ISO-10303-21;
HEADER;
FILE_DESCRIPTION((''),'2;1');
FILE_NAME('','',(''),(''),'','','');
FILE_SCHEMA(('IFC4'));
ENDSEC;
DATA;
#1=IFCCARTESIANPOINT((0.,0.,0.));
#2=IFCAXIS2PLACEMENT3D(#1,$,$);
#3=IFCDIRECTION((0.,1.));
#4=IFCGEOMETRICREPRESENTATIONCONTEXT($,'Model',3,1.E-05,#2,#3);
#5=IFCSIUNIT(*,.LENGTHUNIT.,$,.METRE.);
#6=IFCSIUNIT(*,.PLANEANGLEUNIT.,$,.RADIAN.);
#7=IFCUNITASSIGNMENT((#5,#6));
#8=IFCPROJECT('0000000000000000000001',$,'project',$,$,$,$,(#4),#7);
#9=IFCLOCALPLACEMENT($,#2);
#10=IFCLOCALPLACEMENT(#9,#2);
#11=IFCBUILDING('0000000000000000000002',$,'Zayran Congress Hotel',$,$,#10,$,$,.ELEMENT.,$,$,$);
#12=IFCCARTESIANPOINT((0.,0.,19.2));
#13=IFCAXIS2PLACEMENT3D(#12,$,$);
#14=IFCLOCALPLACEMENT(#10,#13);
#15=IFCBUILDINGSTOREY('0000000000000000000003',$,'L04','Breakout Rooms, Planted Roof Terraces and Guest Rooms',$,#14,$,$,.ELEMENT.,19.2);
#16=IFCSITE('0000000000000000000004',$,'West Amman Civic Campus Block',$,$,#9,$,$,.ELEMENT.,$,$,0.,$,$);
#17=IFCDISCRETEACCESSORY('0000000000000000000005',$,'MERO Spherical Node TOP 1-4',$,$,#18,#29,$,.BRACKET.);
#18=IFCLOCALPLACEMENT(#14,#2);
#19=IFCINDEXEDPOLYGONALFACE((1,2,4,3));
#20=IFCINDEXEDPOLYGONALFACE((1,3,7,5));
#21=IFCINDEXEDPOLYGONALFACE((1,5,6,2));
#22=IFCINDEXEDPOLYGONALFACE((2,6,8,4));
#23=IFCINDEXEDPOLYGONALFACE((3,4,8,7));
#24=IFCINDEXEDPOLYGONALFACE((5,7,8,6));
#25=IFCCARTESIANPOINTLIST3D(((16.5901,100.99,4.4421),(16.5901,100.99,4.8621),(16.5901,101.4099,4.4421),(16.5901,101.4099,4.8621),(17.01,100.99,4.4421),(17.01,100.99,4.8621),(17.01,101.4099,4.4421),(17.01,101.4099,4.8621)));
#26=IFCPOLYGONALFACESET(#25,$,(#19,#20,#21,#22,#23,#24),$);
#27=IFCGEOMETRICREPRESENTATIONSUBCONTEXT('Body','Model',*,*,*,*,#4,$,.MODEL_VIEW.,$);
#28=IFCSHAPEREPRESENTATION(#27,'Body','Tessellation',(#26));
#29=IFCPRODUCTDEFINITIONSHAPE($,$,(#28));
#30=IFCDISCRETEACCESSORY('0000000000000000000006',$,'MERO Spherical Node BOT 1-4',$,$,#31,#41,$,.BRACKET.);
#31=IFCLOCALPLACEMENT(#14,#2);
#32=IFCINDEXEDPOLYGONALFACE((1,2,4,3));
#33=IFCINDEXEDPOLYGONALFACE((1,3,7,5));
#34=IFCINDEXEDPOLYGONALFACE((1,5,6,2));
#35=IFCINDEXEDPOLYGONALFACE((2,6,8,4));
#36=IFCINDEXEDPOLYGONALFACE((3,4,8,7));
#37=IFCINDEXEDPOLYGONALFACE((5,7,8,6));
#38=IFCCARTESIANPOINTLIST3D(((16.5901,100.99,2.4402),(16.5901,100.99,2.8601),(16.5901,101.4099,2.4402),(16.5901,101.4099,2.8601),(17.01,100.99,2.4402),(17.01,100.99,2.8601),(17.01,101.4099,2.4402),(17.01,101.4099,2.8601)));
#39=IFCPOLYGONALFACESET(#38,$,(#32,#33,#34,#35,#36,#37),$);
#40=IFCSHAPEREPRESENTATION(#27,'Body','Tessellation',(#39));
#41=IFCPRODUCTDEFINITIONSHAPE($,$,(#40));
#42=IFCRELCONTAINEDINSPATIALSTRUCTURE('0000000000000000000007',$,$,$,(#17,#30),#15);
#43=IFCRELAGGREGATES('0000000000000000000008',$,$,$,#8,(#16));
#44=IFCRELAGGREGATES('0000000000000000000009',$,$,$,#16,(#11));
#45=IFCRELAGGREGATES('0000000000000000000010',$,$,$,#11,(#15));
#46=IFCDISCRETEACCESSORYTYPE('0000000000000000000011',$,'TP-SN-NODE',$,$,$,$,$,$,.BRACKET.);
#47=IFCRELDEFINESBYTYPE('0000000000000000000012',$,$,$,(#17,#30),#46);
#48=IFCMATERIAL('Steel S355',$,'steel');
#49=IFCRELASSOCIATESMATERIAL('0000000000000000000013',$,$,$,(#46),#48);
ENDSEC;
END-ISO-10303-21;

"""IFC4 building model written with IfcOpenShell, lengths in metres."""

from ifc_helpers import new_model, si_unit, direction, frame, origin, origin_2d, place, context, subcontext, project, spatial, rectangle, extrude, material, type_object, element, save


model = new_model("IFC4")

# Units and contexts
model_context = context("Model", 3, precision=1e-05, world=origin(), true_north=direction((0.0, 1.0)))
body_context = subcontext(model_context, "Body", "Model", "MODEL_VIEW")
ifc_project = project(units=[si_unit("LENGTHUNIT", "METRE"), si_unit("PLANEANGLEUNIT", "RADIAN")], contexts=[model_context])

# Site, building, storey
site_placement = place(None, origin())
site = spatial("IfcSite", under=ifc_project, at=site_placement, Name="West Amman Civic Campus Block", CompositionType="ELEMENT", RefElevation=0.0)
building_placement = place(site_placement, origin())
building = spatial("IfcBuilding", under=site, at=building_placement, Name="Zayran Congress Hotel", CompositionType="ELEMENT")
storey_placement = place(building_placement, frame((0.0, 0.0, 19.2)))
storey = spatial("IfcBuildingStorey", under=building, at=storey_placement, Name="L04", Description="Breakout Rooms, Planted Roof Terraces and Guest Rooms", CompositionType="ELEMENT", Elevation=19.2)

# Shared definitions
ifc_material_1 = material(Name="Steel S355", Category="steel")

# Discrete accessories
discrete_accessory_type = type_object("IfcDiscreteAccessoryType", Name="TP-SN-NODE", PredefinedType="BRACKET", material=ifc_material_1)
for number, where, z_axis, x_axis, name in (
    (1, (16.8, 101.2, 4.4421), (0.0, 0.0, 1.0), (1.0, 0.0, 0.0), "MERO Spherical Node TOP 1-4"),
    (2, (16.8, 101.2, 2.4402), (0.0, 0.0, 1.0), (1.0, 0.0, 0.0), "MERO Spherical Node BOT 1-4"),
):
    element("IfcDiscreteAccessory", number, at=place(storey_placement, frame(where, z_axis=z_axis, x_axis=x_axis)), inside=storey, type_object=discrete_accessory_type, Name=name, PredefinedType="BRACKET", context=body_context, shape_type="SweptSolid", body=[
        extrude(rectangle(XDim=0.4199, YDim=0.4199, at=origin_2d()), origin(), (0.0, 0.0, 1.0), 0.4199),
    ])

save(model, "model.ifc")
